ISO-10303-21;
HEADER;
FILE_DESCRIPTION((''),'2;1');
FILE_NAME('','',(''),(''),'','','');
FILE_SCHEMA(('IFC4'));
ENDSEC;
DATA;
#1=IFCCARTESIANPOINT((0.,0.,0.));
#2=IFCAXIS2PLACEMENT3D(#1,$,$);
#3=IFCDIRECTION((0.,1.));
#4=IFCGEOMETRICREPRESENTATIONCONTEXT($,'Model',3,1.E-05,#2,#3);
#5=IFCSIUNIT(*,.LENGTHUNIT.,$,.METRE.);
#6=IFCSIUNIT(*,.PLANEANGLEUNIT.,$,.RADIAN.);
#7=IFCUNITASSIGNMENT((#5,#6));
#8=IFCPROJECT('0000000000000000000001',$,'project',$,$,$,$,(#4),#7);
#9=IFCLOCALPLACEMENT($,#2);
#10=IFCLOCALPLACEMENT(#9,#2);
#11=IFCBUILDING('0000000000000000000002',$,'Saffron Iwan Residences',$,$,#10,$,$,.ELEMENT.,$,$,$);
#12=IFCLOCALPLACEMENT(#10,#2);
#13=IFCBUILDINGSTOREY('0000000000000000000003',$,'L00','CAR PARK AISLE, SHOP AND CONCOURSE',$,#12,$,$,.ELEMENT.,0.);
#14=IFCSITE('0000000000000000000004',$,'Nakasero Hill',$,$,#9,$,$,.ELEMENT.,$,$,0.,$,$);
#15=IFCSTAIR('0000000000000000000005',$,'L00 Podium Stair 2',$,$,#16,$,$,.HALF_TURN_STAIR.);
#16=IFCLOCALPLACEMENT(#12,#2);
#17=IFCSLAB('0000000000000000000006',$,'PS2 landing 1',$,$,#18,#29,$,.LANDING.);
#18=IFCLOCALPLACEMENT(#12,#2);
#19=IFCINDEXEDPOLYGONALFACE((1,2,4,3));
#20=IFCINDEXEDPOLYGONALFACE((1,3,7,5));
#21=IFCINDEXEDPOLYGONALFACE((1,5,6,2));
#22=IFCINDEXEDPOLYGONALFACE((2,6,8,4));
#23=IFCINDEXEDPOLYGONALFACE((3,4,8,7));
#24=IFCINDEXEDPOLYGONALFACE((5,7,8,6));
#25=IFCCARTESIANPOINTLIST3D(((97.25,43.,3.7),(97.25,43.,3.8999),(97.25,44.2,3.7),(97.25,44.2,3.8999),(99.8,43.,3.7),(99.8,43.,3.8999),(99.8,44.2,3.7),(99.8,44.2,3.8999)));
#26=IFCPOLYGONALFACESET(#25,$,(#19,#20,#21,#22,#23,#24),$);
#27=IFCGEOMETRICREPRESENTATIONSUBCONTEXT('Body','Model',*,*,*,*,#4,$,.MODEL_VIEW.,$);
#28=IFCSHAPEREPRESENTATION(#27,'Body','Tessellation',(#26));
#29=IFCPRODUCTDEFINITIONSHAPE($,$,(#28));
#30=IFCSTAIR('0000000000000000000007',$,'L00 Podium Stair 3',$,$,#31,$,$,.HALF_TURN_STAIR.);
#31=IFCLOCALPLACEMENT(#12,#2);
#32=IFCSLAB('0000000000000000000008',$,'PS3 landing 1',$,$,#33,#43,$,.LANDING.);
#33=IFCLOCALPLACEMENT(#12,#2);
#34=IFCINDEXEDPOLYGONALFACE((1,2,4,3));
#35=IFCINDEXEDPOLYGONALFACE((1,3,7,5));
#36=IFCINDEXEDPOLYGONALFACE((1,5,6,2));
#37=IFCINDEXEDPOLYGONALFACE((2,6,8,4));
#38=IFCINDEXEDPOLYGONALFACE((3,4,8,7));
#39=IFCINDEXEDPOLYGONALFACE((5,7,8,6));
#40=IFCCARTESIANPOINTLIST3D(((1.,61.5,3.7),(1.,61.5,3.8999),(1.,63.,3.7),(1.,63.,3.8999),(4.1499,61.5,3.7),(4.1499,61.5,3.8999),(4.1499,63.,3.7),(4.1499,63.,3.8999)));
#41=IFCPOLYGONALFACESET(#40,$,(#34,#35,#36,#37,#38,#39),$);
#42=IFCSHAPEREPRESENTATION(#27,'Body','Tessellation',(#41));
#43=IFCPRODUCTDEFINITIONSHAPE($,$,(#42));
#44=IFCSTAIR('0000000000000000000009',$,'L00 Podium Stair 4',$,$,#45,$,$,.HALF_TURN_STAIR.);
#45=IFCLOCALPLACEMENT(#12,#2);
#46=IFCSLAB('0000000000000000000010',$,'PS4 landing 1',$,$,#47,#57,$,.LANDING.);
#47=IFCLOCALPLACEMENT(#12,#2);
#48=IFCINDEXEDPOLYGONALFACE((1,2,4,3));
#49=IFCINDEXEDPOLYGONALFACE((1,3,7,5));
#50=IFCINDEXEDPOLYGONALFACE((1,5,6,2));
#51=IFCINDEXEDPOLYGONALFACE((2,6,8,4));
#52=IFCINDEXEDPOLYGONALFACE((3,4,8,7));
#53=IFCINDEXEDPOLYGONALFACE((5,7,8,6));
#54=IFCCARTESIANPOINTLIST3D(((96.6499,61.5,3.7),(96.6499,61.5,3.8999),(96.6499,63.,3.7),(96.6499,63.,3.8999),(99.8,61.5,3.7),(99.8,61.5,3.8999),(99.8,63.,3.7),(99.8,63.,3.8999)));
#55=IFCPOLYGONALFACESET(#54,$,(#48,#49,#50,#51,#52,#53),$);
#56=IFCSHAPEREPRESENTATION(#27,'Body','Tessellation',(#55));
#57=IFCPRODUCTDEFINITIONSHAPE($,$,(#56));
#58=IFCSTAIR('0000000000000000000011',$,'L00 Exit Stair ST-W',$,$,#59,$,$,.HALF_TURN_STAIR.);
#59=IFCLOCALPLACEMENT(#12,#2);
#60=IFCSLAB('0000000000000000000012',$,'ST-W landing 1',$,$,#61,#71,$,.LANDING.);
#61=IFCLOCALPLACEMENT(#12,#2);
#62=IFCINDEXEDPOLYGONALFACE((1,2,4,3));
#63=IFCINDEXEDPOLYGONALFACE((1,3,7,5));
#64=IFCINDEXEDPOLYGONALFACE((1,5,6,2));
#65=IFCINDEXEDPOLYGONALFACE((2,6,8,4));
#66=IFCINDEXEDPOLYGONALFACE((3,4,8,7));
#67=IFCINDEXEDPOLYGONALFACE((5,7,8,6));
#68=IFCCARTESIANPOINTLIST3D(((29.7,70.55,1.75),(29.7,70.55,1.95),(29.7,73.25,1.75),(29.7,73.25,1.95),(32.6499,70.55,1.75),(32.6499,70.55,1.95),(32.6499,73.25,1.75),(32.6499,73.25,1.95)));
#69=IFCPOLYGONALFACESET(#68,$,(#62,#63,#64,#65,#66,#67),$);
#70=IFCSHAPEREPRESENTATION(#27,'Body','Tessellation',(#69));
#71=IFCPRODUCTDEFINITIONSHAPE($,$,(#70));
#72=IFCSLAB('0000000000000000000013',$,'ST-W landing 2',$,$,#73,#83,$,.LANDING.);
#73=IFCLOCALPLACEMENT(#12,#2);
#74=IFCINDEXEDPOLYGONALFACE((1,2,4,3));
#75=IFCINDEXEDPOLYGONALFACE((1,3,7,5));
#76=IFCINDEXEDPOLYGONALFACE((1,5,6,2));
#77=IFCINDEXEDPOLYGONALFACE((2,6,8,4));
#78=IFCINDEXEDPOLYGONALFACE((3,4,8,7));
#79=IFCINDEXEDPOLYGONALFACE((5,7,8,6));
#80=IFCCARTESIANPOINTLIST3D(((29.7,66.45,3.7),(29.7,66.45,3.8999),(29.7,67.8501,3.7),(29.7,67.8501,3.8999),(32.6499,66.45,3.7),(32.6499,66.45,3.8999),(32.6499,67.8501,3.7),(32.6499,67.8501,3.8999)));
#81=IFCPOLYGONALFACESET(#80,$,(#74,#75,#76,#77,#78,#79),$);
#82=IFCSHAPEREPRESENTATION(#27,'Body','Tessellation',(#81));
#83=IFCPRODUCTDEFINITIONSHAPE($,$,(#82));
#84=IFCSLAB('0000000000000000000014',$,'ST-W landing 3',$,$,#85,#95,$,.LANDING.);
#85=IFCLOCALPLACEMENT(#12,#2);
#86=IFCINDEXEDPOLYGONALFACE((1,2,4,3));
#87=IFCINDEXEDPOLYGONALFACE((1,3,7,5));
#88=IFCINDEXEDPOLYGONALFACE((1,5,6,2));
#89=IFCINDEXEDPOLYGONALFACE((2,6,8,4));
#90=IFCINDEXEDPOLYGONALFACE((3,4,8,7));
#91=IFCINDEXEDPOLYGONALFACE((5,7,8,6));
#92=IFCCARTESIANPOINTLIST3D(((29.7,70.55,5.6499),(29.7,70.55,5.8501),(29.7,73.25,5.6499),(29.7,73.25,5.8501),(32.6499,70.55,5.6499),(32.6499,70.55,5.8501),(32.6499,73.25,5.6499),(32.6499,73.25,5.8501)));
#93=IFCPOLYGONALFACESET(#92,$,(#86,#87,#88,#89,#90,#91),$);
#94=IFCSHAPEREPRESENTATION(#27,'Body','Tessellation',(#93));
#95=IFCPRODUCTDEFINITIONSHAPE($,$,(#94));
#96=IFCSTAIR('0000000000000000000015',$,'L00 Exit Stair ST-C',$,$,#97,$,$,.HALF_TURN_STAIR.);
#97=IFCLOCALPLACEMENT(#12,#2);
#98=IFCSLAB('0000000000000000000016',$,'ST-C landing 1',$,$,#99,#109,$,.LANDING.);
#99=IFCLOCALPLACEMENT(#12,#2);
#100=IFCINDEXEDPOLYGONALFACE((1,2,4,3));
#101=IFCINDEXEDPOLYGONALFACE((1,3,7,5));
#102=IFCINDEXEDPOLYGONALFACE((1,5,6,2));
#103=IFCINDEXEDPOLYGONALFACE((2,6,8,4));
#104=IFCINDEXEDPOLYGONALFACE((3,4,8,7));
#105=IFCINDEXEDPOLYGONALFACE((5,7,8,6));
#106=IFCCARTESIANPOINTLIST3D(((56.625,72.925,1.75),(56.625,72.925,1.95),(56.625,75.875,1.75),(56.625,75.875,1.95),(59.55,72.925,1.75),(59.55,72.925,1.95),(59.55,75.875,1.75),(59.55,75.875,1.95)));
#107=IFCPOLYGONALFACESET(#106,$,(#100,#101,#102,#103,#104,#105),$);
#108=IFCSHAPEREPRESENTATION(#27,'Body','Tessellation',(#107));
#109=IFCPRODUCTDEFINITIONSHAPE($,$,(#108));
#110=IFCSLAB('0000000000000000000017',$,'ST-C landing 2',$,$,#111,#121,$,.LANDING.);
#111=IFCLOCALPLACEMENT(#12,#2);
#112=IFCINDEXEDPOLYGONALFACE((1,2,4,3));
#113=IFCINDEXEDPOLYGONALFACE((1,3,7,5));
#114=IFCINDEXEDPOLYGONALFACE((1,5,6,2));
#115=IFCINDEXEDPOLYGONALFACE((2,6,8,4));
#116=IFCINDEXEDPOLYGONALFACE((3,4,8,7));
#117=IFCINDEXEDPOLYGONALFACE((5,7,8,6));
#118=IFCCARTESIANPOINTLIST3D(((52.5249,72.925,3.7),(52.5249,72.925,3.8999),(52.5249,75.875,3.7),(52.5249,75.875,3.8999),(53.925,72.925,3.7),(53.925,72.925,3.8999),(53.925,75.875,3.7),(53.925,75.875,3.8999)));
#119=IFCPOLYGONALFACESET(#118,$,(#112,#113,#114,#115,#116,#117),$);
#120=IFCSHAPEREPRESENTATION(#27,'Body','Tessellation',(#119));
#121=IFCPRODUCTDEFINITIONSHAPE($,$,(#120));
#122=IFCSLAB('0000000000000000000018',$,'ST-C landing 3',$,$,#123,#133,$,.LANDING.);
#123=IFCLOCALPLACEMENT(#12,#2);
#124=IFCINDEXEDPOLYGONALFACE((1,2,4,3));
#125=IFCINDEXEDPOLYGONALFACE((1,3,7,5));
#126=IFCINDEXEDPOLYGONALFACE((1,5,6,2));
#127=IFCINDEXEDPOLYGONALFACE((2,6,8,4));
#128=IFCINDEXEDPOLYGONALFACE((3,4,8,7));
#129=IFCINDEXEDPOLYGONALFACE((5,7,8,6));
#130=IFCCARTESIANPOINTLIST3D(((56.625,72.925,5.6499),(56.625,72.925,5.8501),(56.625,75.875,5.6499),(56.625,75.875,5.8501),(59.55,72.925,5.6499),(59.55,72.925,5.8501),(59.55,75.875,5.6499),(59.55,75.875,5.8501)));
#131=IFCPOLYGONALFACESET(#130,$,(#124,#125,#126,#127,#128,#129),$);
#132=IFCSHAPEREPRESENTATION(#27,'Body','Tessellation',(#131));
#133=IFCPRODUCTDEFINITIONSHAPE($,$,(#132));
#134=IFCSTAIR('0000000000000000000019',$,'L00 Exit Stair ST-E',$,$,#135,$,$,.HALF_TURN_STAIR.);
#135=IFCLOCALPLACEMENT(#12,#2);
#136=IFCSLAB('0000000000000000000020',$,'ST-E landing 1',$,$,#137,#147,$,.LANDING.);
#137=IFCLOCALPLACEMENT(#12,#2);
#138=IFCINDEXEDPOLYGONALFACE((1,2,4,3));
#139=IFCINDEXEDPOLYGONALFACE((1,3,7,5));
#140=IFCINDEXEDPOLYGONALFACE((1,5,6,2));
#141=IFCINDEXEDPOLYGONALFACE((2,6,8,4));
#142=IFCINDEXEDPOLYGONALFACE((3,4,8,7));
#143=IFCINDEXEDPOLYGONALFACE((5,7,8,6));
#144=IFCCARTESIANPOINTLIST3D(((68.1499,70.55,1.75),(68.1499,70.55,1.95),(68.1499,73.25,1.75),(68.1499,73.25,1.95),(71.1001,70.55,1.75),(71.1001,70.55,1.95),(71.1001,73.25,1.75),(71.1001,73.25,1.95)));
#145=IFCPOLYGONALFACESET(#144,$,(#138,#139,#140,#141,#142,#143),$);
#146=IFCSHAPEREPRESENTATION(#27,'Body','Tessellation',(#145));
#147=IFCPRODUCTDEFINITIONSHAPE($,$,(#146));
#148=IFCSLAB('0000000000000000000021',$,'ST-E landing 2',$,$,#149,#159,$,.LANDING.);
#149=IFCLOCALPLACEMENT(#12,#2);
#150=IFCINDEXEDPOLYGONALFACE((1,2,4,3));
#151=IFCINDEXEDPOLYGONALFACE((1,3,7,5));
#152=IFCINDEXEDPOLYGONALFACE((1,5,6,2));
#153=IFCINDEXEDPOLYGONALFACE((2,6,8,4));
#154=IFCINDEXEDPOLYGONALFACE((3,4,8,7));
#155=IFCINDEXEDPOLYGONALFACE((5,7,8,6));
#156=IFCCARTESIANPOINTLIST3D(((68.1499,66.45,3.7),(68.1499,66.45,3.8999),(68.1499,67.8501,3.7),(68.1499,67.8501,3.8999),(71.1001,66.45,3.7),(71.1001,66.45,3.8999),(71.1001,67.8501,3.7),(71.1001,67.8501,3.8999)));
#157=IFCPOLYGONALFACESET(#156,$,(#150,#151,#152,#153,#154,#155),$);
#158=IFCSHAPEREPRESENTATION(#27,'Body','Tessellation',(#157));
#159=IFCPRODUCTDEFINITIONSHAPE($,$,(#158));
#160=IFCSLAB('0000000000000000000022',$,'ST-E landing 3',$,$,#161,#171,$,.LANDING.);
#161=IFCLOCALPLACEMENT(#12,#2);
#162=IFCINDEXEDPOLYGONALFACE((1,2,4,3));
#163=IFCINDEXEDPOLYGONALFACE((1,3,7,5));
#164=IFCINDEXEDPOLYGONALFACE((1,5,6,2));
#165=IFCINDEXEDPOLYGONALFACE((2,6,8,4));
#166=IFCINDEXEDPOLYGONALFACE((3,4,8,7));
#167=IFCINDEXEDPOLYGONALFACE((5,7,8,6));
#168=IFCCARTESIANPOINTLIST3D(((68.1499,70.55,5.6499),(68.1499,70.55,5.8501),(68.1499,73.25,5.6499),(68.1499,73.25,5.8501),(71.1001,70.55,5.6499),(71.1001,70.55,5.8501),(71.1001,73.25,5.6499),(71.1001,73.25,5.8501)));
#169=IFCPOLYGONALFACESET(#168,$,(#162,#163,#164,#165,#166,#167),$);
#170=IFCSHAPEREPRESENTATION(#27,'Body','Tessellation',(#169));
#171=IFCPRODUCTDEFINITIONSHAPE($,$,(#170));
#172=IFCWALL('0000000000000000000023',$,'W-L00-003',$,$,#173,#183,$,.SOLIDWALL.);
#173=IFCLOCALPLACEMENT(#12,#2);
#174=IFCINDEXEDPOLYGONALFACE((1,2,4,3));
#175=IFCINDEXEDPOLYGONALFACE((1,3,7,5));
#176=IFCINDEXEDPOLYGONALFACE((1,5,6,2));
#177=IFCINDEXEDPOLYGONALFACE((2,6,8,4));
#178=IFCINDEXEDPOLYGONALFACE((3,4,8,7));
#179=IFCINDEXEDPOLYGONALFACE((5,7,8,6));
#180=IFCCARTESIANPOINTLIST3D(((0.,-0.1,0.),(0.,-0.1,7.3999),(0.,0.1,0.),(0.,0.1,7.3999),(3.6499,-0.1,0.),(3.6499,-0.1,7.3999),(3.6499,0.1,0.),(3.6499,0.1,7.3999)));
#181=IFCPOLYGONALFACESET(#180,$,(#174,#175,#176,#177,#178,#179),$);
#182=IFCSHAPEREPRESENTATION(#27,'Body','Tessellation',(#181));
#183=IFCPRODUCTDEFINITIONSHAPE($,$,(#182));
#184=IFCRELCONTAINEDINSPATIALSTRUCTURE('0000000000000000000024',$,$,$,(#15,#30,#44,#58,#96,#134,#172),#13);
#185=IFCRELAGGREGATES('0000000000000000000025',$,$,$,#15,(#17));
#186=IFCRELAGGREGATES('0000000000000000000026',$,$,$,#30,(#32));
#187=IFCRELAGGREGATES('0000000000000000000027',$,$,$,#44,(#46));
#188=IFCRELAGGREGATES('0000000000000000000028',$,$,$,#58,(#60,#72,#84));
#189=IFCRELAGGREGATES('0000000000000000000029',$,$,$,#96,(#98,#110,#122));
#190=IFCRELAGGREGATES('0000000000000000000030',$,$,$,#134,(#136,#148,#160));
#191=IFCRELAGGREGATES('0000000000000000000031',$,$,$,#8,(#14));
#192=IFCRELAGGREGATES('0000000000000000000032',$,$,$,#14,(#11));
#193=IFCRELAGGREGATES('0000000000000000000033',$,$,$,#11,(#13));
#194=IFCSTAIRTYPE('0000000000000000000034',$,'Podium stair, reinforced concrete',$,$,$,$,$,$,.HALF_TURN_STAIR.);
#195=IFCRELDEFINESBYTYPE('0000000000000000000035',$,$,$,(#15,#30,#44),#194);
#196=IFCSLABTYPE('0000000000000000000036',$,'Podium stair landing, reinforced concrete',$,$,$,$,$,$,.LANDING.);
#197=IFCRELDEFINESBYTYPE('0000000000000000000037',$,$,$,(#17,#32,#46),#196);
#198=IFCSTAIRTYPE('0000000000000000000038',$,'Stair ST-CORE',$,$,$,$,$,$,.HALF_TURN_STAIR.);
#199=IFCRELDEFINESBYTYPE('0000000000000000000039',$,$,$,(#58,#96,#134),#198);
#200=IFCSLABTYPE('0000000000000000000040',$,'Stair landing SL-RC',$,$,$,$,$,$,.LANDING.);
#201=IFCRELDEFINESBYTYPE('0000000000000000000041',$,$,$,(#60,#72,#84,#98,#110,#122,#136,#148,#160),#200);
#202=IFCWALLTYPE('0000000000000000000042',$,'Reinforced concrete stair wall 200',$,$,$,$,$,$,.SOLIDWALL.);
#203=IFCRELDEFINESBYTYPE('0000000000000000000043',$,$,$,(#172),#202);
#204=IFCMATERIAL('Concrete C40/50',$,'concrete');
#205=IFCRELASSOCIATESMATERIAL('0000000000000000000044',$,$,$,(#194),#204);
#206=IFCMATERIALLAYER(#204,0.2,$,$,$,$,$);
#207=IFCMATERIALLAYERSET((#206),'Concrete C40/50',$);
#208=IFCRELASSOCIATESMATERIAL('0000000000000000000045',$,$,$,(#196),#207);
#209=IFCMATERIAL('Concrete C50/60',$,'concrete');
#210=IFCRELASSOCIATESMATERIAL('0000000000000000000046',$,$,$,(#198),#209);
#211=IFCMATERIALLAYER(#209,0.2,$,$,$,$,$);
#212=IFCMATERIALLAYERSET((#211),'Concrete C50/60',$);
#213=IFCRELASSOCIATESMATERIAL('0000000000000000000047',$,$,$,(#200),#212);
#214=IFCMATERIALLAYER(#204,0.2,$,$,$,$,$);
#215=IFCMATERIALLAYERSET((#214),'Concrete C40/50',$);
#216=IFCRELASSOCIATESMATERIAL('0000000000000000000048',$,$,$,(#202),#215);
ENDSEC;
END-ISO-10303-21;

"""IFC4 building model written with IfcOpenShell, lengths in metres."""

from ifc_helpers import new_model, si_unit, direction, frame, frame_2d, origin, origin_with_axes, place, context, subcontext, project, spatial, polyline, rectangle, outline, extrude, material, layer, layer_set, type_object, element, aggregate, save


model = new_model("IFC4")

# Units and contexts
model_context = context("Model", 3, precision=1e-05, world=origin(), true_north=direction((0.0, 1.0)))
body_context = subcontext(model_context, "Body", "Model", "MODEL_VIEW")
ifc_project = project(units=[si_unit("LENGTHUNIT", "METRE"), si_unit("PLANEANGLEUNIT", "RADIAN")], contexts=[model_context])

# Site, building, storey
site_placement = place(None, origin())
site = spatial("IfcSite", under=ifc_project, at=site_placement, Name="Nakasero Hill", CompositionType="ELEMENT", RefElevation=0.0)
building_placement = place(site_placement, origin())
building = spatial("IfcBuilding", under=site, at=building_placement, Name="Saffron Iwan Residences", CompositionType="ELEMENT")
storey_placement = place(building_placement, origin())
storey = spatial("IfcBuildingStorey", under=building, at=storey_placement, Name="L00", Description="CAR PARK AISLE, SHOP AND CONCOURSE", CompositionType="ELEMENT", Elevation=0.0)

# Shared definitions
ifc_material_1 = material(Name="Concrete C50/60", Category="concrete")

# Shared definitions
ifc_material_2 = material(Name="Concrete C40/50", Category="concrete")

# Stairs, slabs
stair_type_1 = type_object("IfcStairType", Name="Podium stair, reinforced concrete", PredefinedType="HALF_TURN_STAIR", material=ifc_material_2)
ifc_layer_1 = layer(ifc_material_2, 0.2)
ifc_layer_set_1 = layer_set([ifc_layer_1], Name="Concrete C40/50")
slab_type_1 = type_object("IfcSlabType", Name="Podium stair landing, reinforced concrete", PredefinedType="LANDING", material=ifc_layer_set_1)
stair_1_placement = place(storey_placement, origin())
stair_1 = element("IfcStair", 1, at=stair_1_placement, inside=storey, type_object=stair_type_1, Name="L00 Podium Stair 2", PredefinedType="HALF_TURN_STAIR")
slab_1_placement = place(storey_placement, frame((0.0, 0.0, 3.7)))
slab_1 = element("IfcSlab", 2, at=slab_1_placement, type_object=slab_type_1, Name="PS2 landing 1", PredefinedType="LANDING", context=body_context, shape_type="SweptSolid", body=[
    extrude(outline(polyline([(97.25, 44.2), (97.25, 43.0), (99.8, 43.0), (99.8, 44.2), (97.25, 44.2)])), origin(), (0.0, 0.0, 1.0), 0.2),
])
aggregate(stair_1, [slab_1])
stair_2_placement = place(storey_placement, origin())
stair_2 = element("IfcStair", 3, at=stair_2_placement, inside=storey, type_object=stair_type_1, Name="L00 Podium Stair 3", PredefinedType="HALF_TURN_STAIR")
slab_2_placement = place(storey_placement, frame((0.0, 0.0, 3.7)))
slab_2 = element("IfcSlab", 4, at=slab_2_placement, type_object=slab_type_1, Name="PS3 landing 1", PredefinedType="LANDING", context=body_context, shape_type="SweptSolid", body=[
    extrude(outline(polyline([(4.1499, 61.5), (4.1499, 63.0), (1.0, 63.0), (1.0, 61.5), (4.1499, 61.5)])), origin(), (0.0, 0.0, 1.0), 0.2),
])
aggregate(stair_2, [slab_2])
stair_3_placement = place(storey_placement, origin())
stair_3 = element("IfcStair", 5, at=stair_3_placement, inside=storey, type_object=stair_type_1, Name="L00 Podium Stair 4", PredefinedType="HALF_TURN_STAIR")
slab_3_placement = place(storey_placement, frame((0.0, 0.0, 3.7)))
slab_3 = element("IfcSlab", 6, at=slab_3_placement, type_object=slab_type_1, Name="PS4 landing 1", PredefinedType="LANDING", context=body_context, shape_type="SweptSolid", body=[
    extrude(outline(polyline([(99.8, 61.5), (99.8, 63.0), (96.6499, 63.0), (96.6499, 61.5), (99.8, 61.5)])), origin(), (0.0, 0.0, 1.0), 0.2),
])
aggregate(stair_3, [slab_3])

# Stairs, slabs
stair_type_2 = type_object("IfcStairType", Name="Stair ST-CORE", PredefinedType="HALF_TURN_STAIR", material=ifc_material_1)
stair_4_placement = place(storey_placement, origin())
stair_4 = element("IfcStair", 7, at=stair_4_placement, inside=storey, type_object=stair_type_2, Name="L00 Exit Stair ST-W", PredefinedType="HALF_TURN_STAIR")
ifc_layer_2 = layer(ifc_material_1, 0.2)
ifc_layer_set_2 = layer_set([ifc_layer_2], Name="Concrete C50/60")
slab_type_2 = type_object("IfcSlabType", Name="Stair landing SL-RC", PredefinedType="LANDING", material=ifc_layer_set_2)
slab_4_placement = place(storey_placement, frame((0.0, 0.0, 1.75)))
slab_4 = element("IfcSlab", 8, at=slab_4_placement, type_object=slab_type_2, Name="ST-W landing 1", PredefinedType="LANDING", context=body_context, shape_type="SweptSolid", body=[
    extrude(outline(polyline([(32.6499, 70.55), (32.6499, 73.25), (29.7, 73.25), (29.7, 70.55), (32.6499, 70.55)])), origin(), (0.0, 0.0, 1.0), 0.2),
])
slab_5_placement = place(storey_placement, frame((0.0, 0.0, 3.7)))
slab_5 = element("IfcSlab", 9, at=slab_5_placement, type_object=slab_type_2, Name="ST-W landing 2", PredefinedType="LANDING", context=body_context, shape_type="SweptSolid", body=[
    extrude(outline(polyline([(32.6499, 66.45), (32.6499, 67.8501), (29.7, 67.8501), (29.7, 66.45), (32.6499, 66.45)])), origin(), (0.0, 0.0, 1.0), 0.2),
])
slab_6_placement = place(storey_placement, frame((0.0, 0.0, 5.6499)))
slab_6 = element("IfcSlab", 10, at=slab_6_placement, type_object=slab_type_2, Name="ST-W landing 3", PredefinedType="LANDING", context=body_context, shape_type="SweptSolid", body=[
    extrude(outline(polyline([(32.6499, 70.55), (32.6499, 73.25), (29.7, 73.25), (29.7, 70.55), (32.6499, 70.55)])), origin(), (0.0, 0.0, 1.0), 0.2002),
])
aggregate(stair_4, [slab_4, slab_5, slab_6])
stair_5_placement = place(storey_placement, origin())
stair_5 = element("IfcStair", 11, at=stair_5_placement, inside=storey, type_object=stair_type_2, Name="L00 Exit Stair ST-C", PredefinedType="HALF_TURN_STAIR")
slab_7_placement = place(storey_placement, frame((0.0, 0.0, 1.75)))
slab_7 = element("IfcSlab", 12, at=slab_7_placement, type_object=slab_type_2, Name="ST-C landing 1", PredefinedType="LANDING", context=body_context, shape_type="SweptSolid", body=[
    extrude(outline(polyline([(56.625, 72.925), (59.55, 72.925), (59.55, 75.875), (56.625, 75.875), (56.625, 72.925)])), origin(), (0.0, 0.0, 1.0), 0.2),
])
slab_8_placement = place(storey_placement, frame((0.0, 0.0, 3.7)))
slab_8 = element("IfcSlab", 13, at=slab_8_placement, type_object=slab_type_2, Name="ST-C landing 2", PredefinedType="LANDING", context=body_context, shape_type="SweptSolid", body=[
    extrude(outline(polyline([(52.5249, 72.925), (53.925, 72.925), (53.925, 75.875), (52.5249, 75.875), (52.5249, 72.925)])), origin(), (0.0, 0.0, 1.0), 0.2),
])
slab_9_placement = place(storey_placement, frame((0.0, 0.0, 5.6499)))
slab_9 = element("IfcSlab", 14, at=slab_9_placement, type_object=slab_type_2, Name="ST-C landing 3", PredefinedType="LANDING", context=body_context, shape_type="SweptSolid", body=[
    extrude(outline(polyline([(56.625, 72.925), (59.55, 72.925), (59.55, 75.875), (56.625, 75.875), (56.625, 72.925)])), origin(), (0.0, 0.0, 1.0), 0.2002),
])
aggregate(stair_5, [slab_7, slab_8, slab_9])
stair_6_placement = place(storey_placement, origin())
stair_6 = element("IfcStair", 15, at=stair_6_placement, inside=storey, type_object=stair_type_2, Name="L00 Exit Stair ST-E", PredefinedType="HALF_TURN_STAIR")
slab_10_placement = place(storey_placement, frame((0.0, 0.0, 1.75)))
slab_10 = element("IfcSlab", 16, at=slab_10_placement, type_object=slab_type_2, Name="ST-E landing 1", PredefinedType="LANDING", context=body_context, shape_type="SweptSolid", body=[
    extrude(outline(polyline([(71.1001, 70.55), (71.1001, 73.25), (68.1499, 73.25), (68.1499, 70.55), (71.1001, 70.55)])), origin(), (0.0, 0.0, 1.0), 0.2),
])
slab_11_placement = place(storey_placement, frame((0.0, 0.0, 3.7)))
slab_11 = element("IfcSlab", 17, at=slab_11_placement, type_object=slab_type_2, Name="ST-E landing 2", PredefinedType="LANDING", context=body_context, shape_type="SweptSolid", body=[
    extrude(outline(polyline([(71.1001, 66.45), (71.1001, 67.8501), (68.1499, 67.8501), (68.1499, 66.45), (71.1001, 66.45)])), origin(), (0.0, 0.0, 1.0), 0.2),
])
slab_12_placement = place(storey_placement, frame((0.0, 0.0, 5.6499)))
slab_12 = element("IfcSlab", 18, at=slab_12_placement, type_object=slab_type_2, Name="ST-E landing 3", PredefinedType="LANDING", context=body_context, shape_type="SweptSolid", body=[
    extrude(outline(polyline([(71.1001, 70.55), (71.1001, 73.25), (68.1499, 73.25), (68.1499, 70.55), (71.1001, 70.55)])), origin(), (0.0, 0.0, 1.0), 0.2002),
])
aggregate(stair_6, [slab_10, slab_11, slab_12])

# Wall
ifc_layer_3 = layer(ifc_material_2, 0.2)
ifc_layer_set_3 = layer_set([ifc_layer_3], Name="Concrete C40/50")
wall_type = type_object("IfcWallType", Name="Reinforced concrete stair wall 200", PredefinedType="SOLIDWALL", material=ifc_layer_set_3)
wall_1_placement = place(storey_placement, origin_with_axes())
element("IfcWall", 19, at=wall_1_placement, inside=storey, type_object=wall_type, Name="W-L00-003", PredefinedType="SOLIDWALL", context=body_context, shape_type="SweptSolid", body=[
    extrude(rectangle(XDim=3.6499, YDim=0.2, at=frame_2d((1.825, 0.0))), origin(), (0.0, 0.0, 1.0), 7.3999),
])

save(model, "model.ifc")
